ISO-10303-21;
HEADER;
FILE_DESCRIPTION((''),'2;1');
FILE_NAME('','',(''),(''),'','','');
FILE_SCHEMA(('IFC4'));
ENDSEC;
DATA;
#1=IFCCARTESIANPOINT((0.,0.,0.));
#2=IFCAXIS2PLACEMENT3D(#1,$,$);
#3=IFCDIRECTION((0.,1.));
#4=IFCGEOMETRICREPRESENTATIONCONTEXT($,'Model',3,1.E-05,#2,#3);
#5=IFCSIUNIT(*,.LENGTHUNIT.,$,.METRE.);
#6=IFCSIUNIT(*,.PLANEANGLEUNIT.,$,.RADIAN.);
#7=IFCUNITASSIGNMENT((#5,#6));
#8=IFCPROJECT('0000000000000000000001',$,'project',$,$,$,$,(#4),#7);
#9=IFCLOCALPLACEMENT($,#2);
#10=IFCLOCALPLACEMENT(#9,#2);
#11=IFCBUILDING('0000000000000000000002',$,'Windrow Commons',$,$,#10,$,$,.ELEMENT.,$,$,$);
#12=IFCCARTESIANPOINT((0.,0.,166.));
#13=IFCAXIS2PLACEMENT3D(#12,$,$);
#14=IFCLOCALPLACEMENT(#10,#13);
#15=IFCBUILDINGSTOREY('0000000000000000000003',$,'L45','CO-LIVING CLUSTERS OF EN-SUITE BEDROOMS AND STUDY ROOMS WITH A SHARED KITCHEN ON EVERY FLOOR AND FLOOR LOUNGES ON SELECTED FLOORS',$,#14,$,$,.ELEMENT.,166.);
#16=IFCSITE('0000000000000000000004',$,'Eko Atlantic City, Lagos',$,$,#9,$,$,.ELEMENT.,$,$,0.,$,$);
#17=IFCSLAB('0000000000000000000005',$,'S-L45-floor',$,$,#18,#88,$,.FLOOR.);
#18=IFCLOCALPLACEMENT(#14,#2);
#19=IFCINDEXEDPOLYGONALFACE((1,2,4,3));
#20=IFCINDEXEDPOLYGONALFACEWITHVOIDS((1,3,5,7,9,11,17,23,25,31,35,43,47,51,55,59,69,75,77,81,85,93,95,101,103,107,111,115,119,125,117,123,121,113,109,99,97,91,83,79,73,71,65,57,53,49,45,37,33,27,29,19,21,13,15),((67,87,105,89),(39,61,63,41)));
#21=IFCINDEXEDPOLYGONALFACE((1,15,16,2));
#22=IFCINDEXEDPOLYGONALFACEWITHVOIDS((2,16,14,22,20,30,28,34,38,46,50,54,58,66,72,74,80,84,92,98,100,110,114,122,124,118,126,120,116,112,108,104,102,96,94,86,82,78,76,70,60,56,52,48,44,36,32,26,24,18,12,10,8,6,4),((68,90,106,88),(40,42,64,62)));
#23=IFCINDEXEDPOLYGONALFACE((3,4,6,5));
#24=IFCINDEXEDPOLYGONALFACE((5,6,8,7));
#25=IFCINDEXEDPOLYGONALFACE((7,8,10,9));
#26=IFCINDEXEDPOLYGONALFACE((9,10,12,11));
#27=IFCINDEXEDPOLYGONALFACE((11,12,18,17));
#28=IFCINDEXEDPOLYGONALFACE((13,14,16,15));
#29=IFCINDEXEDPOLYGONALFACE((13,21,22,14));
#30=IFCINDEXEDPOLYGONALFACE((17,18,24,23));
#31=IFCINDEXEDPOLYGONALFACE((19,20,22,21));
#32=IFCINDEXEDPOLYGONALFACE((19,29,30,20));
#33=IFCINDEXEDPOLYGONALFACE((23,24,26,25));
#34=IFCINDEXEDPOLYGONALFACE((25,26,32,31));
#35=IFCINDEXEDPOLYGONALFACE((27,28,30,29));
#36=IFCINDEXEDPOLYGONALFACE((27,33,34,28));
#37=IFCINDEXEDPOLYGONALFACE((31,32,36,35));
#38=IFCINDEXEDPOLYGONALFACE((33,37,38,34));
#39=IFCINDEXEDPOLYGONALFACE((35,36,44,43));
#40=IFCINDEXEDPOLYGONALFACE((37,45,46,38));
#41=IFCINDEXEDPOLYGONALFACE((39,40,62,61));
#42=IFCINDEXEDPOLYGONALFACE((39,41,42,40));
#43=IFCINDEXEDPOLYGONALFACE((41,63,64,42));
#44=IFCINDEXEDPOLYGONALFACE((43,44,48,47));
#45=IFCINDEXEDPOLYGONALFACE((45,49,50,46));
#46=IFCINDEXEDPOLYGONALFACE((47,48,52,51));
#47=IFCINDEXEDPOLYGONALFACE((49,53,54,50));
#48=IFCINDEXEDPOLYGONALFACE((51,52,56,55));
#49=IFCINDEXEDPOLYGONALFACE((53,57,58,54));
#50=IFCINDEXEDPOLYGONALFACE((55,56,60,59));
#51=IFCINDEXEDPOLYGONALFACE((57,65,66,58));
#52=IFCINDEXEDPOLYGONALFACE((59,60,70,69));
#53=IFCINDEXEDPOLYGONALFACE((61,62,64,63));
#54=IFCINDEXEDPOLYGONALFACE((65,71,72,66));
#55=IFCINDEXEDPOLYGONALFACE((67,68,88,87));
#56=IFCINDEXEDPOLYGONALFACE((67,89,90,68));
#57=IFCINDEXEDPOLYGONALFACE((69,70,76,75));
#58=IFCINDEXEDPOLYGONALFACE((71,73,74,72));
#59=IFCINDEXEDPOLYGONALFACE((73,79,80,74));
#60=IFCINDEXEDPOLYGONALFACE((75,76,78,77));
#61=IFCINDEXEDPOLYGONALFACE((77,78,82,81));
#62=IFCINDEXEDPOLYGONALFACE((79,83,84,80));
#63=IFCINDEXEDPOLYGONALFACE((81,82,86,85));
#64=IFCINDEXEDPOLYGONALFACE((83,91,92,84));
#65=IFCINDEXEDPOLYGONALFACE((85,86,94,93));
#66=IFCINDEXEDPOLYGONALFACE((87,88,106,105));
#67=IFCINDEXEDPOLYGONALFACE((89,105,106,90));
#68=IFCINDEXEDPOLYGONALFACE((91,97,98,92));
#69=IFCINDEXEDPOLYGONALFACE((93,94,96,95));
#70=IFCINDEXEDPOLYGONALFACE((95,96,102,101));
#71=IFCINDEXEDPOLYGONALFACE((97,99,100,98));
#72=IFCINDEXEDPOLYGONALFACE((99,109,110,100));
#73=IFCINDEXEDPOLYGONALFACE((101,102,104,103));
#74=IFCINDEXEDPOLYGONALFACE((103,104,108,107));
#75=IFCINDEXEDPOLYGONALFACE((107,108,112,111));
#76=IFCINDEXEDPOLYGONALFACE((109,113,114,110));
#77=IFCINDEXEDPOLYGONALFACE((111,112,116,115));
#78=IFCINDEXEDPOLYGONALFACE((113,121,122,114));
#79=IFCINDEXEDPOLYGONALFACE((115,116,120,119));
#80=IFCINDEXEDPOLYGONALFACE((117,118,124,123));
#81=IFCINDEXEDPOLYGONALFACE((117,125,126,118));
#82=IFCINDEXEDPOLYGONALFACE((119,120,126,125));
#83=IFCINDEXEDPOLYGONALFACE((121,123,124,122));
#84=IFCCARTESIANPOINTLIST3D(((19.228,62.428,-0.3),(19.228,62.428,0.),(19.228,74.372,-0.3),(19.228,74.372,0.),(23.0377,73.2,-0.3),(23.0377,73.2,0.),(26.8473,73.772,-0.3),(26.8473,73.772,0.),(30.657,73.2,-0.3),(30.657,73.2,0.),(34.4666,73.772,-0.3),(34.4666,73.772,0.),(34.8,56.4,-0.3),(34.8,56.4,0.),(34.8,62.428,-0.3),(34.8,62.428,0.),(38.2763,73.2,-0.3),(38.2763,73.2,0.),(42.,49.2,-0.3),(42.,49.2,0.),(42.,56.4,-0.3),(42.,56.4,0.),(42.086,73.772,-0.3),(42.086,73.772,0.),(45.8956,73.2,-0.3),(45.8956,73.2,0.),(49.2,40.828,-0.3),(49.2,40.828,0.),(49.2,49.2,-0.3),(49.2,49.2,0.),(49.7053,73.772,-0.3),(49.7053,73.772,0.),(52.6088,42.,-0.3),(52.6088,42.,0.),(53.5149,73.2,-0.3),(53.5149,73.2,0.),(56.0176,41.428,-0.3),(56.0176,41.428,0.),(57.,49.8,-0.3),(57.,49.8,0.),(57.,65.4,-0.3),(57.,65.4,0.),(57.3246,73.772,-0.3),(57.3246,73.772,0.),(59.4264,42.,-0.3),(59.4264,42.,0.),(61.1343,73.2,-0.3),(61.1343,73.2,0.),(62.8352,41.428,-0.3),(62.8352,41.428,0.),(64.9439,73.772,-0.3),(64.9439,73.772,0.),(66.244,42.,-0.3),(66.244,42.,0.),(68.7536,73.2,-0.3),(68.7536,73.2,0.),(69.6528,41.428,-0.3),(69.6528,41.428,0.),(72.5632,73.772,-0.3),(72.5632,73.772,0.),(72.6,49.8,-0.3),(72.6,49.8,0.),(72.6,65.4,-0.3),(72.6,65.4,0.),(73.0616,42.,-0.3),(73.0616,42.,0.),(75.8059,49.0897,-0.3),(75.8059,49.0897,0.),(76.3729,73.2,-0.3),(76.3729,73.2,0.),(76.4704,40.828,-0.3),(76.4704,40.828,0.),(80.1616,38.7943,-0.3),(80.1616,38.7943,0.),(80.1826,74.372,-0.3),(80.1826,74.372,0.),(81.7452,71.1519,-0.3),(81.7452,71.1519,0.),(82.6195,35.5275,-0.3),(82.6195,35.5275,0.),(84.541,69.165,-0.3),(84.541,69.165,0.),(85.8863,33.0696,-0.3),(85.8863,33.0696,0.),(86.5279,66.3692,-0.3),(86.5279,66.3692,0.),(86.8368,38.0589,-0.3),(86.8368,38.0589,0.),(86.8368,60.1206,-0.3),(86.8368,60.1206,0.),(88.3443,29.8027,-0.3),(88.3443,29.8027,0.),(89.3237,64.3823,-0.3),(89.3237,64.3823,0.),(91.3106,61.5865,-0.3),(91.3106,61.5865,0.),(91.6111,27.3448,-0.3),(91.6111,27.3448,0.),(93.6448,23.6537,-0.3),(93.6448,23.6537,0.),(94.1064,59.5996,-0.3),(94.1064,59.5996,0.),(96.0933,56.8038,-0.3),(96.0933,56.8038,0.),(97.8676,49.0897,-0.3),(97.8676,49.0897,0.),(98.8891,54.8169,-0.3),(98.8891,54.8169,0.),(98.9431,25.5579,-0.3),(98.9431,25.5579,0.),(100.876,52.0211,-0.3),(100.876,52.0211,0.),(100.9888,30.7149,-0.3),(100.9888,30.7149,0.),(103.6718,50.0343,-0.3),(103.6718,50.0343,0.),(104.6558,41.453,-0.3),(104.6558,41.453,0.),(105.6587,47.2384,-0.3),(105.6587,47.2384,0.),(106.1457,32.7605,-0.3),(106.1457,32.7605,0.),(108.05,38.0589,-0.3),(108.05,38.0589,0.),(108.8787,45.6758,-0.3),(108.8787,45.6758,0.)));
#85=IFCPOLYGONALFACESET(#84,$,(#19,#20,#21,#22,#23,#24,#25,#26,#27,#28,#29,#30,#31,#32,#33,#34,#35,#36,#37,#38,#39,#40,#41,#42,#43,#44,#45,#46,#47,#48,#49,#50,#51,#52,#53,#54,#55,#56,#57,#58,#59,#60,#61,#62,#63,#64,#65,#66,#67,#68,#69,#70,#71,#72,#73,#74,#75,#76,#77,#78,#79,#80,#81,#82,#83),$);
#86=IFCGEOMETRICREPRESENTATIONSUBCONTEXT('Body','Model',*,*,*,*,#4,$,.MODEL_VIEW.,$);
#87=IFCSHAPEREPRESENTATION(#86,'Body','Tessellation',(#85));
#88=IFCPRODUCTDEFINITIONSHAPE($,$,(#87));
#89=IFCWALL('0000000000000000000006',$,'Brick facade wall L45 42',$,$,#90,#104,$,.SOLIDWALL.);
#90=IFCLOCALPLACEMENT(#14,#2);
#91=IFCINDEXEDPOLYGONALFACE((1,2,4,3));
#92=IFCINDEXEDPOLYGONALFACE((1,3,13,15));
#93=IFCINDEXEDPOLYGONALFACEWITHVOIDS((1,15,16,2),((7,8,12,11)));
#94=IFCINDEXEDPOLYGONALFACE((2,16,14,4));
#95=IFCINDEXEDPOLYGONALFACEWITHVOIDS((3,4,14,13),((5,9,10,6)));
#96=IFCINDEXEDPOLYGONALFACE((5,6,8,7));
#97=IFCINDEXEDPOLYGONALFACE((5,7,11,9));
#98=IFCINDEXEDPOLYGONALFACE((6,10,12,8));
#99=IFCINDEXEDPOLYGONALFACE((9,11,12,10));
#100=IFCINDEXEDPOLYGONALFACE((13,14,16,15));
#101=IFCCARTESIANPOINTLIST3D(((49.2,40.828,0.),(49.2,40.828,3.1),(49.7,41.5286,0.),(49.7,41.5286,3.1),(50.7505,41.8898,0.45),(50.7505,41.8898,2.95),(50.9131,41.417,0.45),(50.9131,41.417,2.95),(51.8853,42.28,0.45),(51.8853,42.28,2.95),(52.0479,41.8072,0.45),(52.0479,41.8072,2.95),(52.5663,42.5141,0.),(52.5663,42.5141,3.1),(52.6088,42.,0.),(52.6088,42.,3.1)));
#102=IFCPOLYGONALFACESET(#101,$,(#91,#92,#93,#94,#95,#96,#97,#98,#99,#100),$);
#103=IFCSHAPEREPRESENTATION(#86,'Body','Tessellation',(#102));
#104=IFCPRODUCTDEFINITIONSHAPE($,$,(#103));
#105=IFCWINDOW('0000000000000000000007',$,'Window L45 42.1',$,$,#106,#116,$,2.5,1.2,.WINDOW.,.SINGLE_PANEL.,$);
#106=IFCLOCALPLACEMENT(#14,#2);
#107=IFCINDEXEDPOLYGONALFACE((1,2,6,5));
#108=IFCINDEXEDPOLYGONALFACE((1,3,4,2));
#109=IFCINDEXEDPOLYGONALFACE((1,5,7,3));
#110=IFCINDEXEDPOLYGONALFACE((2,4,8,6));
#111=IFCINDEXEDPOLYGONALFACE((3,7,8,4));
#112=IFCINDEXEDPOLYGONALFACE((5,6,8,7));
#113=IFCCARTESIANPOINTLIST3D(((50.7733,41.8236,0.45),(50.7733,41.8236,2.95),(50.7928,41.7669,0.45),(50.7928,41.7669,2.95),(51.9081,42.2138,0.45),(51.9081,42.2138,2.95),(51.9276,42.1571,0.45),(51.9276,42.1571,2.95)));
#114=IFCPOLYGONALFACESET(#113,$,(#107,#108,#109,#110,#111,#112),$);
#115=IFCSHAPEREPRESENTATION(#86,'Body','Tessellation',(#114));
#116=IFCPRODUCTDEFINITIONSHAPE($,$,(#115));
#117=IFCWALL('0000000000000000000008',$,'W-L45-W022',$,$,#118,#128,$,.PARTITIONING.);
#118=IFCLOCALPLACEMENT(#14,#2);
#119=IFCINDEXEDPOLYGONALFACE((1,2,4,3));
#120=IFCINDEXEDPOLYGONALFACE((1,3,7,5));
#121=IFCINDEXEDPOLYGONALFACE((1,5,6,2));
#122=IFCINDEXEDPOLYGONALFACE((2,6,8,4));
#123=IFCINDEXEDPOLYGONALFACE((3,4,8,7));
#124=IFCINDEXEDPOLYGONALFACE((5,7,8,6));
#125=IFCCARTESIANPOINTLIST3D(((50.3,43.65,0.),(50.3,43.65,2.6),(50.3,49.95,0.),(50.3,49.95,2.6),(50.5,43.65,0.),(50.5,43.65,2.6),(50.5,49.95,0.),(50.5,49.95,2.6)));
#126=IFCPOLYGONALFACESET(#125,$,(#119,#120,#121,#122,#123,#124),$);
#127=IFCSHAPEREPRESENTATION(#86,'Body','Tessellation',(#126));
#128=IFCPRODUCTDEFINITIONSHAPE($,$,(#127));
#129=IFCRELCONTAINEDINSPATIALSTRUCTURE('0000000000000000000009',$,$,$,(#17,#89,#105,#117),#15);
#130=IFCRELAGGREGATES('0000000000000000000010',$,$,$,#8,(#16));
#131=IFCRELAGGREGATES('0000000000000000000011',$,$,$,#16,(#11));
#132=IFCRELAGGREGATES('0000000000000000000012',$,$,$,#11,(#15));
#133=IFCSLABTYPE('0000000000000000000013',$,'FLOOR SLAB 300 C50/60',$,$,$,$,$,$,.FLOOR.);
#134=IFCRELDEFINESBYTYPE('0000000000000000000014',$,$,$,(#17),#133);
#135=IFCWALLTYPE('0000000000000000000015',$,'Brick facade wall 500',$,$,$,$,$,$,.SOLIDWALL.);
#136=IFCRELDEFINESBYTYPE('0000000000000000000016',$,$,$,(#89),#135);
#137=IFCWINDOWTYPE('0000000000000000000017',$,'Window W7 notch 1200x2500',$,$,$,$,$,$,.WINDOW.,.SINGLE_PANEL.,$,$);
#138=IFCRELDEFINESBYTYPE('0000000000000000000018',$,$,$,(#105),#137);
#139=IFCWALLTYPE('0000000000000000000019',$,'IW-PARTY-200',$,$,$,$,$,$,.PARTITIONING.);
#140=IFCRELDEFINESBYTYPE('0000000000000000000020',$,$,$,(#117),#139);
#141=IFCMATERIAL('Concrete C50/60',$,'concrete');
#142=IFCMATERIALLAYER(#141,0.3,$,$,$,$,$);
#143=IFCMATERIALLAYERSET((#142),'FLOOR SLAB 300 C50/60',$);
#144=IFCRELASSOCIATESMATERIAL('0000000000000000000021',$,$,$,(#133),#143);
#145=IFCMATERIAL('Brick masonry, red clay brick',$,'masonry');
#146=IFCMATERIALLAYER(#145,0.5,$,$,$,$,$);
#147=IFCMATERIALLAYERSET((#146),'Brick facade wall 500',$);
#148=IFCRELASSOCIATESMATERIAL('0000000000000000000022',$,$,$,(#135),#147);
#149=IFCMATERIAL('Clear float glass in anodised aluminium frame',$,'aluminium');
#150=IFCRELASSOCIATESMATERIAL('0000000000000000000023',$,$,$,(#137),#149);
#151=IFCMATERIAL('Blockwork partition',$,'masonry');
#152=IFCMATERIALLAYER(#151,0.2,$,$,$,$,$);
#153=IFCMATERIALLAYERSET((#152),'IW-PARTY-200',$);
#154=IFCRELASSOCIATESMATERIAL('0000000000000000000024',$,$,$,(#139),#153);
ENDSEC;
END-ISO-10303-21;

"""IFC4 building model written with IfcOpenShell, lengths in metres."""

from ifc_helpers import new_model, si_unit, direction, frame, frame_2d, origin, place, context, subcontext, project, spatial, polyline, rectangle, outline, extrude, material, layer, layer_set, type_object, element, fill, save


model = new_model("IFC4")

# Units and contexts
model_context = context("Model", 3, precision=1e-05, world=origin(), true_north=direction((0.0, 1.0)))
body_context = subcontext(model_context, "Body", "Model", "MODEL_VIEW")
ifc_project = project(units=[si_unit("LENGTHUNIT", "METRE"), si_unit("PLANEANGLEUNIT", "RADIAN")], contexts=[model_context])

# Site, building, storey
site_placement = place(None, origin())
site = spatial("IfcSite", under=ifc_project, at=site_placement, Name="Eko Atlantic City, Lagos", CompositionType="ELEMENT", RefElevation=0.0)
building_placement = place(site_placement, origin())
building = spatial("IfcBuilding", under=site, at=building_placement, Name="Windrow Commons", CompositionType="ELEMENT")
storey_placement = place(building_placement, frame((0.0, 0.0, 166.0)))
storey = spatial("IfcBuildingStorey", under=building, at=storey_placement, Name="L45", Description="CO-LIVING CLUSTERS OF EN-SUITE BEDROOMS AND STUDY ROOMS WITH A SHARED KITCHEN ON EVERY FLOOR AND FLOOR LOUNGES ON SELECTED FLOORS", CompositionType="ELEMENT", Elevation=166.0)

# Shared definitions
placement_1 = place(storey_placement, frame((0.0, 0.0, -0.3)))

# Slab, openings
ifc_material_1 = material(Name="Concrete C50/60", Category="concrete")
ifc_layer_1 = layer(ifc_material_1, 0.3)
ifc_layer_set_1 = layer_set([ifc_layer_1], Name="FLOOR SLAB 300 C50/60")
slab_type_1 = type_object("IfcSlabType", Name="FLOOR SLAB 300 C50/60", PredefinedType="FLOOR", material=ifc_layer_set_1)
slab_1 = element("IfcSlab", 1, at=placement_1, inside=storey, type_object=slab_type_1, Name="S-L45-floor", PredefinedType="FLOOR", context=body_context, shape_type="SweptSolid", body=[
    extrude(outline(polyline([(91.6111, 27.3448), (93.6448, 23.6537), (98.9431, 25.5579), (100.9888, 30.7149), (106.1457, 32.7605), (108.05, 38.0589), (104.6558, 41.453), (108.8787, 45.6758), (105.6587, 47.2384), (103.6718, 50.0343), (100.876, 52.0211), (98.8891, 54.8169), (96.0933, 56.8038), (94.1064, 59.5996), (91.3106, 61.5865), (89.3237, 64.3823), (86.5279, 66.3692), (84.541, 69.165), (81.7452, 71.1519), (80.1826, 74.372), (76.3729, 73.2), (72.5632, 73.772), (68.7536, 73.2), (64.9439, 73.772), (61.1343, 73.2), (57.3246, 73.772), (53.5149, 73.2), (49.7053, 73.772), (45.8956, 73.2), (42.086, 73.772), (38.2763, 73.2), (34.4666, 73.772), (30.657, 73.2), (26.8473, 73.772), (23.0377, 73.2), (19.228, 74.372), (19.228, 62.428), (34.8, 62.428), (34.8, 56.4), (42.0, 56.4), (42.0, 49.2), (49.2, 49.2), (49.2, 40.828), (52.6088, 42.0), (56.0176, 41.428), (59.4264, 42.0), (62.8352, 41.428), (66.244, 42.0), (69.6528, 41.428), (73.0616, 42.0), (76.4704, 40.828), (80.1616, 38.7943), (82.6195, 35.5275), (85.8863, 33.0696), (88.3443, 29.8027), (91.6111, 27.3448)]), holes=[polyline([(75.8059, 49.0897), (86.8368, 60.1206), (97.8676, 49.0897), (86.8368, 38.0589), (75.8059, 49.0897)]), polyline([(57.0, 49.8), (57.0, 65.4), (72.6, 65.4), (72.6, 49.8), (57.0, 49.8)])]), origin(), (0.0, 0.0, 1.0), 0.3),
])
opening_1_placement = place(placement_1, origin())
element("IfcOpeningElement", 2, at=opening_1_placement, cuts=slab_1, PredefinedType="OPENING", context=body_context, shape_type="SweptSolid", body=[
    extrude(outline(polyline([(75.813, 49.0897), (86.8368, 60.1135), (97.8605, 49.0897), (86.8368, 38.066), (75.813, 49.0897)])), origin(), (0.0, 0.0, 1.0), 0.3),
])
opening_2_placement = place(placement_1, origin())
element("IfcOpeningElement", 3, at=opening_2_placement, cuts=slab_1, PredefinedType="OPENING", context=body_context, shape_type="SweptSolid", body=[
    extrude(outline(polyline([(57.005, 49.805), (57.005, 65.395), (72.595, 65.395), (72.595, 49.805), (57.005, 49.805)])), origin(), (0.0, 0.0, 1.0), 0.3),
])

# Wall, opening, window
ifc_material_2 = material(Name="Brick masonry, red clay brick", Category="masonry")
ifc_layer_2 = layer(ifc_material_2, 0.5)
ifc_layer_set_2 = layer_set([ifc_layer_2], Name="Brick facade wall 500")
wall_type_1 = type_object("IfcWallType", Name="Brick facade wall 500", PredefinedType="SOLIDWALL", material=ifc_layer_set_2)
wall_1_placement = place(storey_placement, frame((49.45, 41.1783, 0.0), z_axis=(0.0, 0.0, 1.0), x_axis=(0.945663, 0.325147, 0.0)))
wall_1 = element("IfcWall", 4, at=wall_1_placement, inside=storey, type_object=wall_type_1, Name="Brick facade wall L45 42", PredefinedType="SOLIDWALL", context=body_context, shape_type="SweptSolid", body=[
    extrude(outline(polyline([(-0.3503, -0.25), (3.2543, -0.25), (3.3813, 0.25), (0.3503, 0.25), (-0.3503, -0.25)])), origin(), (0.0, 0.0, 1.0), 3.1),
])
opening_3_placement = place(wall_1_placement, frame((1.4612, 0.0, 0.45)))
opening_3 = element("IfcOpeningElement", 5, at=opening_3_placement, cuts=wall_1, PredefinedType="OPENING", context=body_context, shape_type="SweptSolid", body=[
    extrude(rectangle(XDim=1.2, YDim=2.5, at=frame_2d((0.6, 1.25))), frame((0.0, 0.26, 0.0), z_axis=(0.0, -1.0, 0.0), x_axis=(1.0, 0.0, 0.0)), (0.0, 0.0, 1.0), 0.52),
])
ifc_material_3 = material(Name="Clear float glass in anodised aluminium frame", Category="aluminium")
window_type = type_object("IfcWindowType", Name="Window W7 notch 1200x2500", PartitioningType="SINGLE_PANEL", PredefinedType="WINDOW", material=ifc_material_3)
window_placement = place(opening_3_placement, origin())
window = element("IfcWindow", 6, at=window_placement, inside=storey, type_object=window_type, Name="Window L45 42.1", OverallHeight=2.5, OverallWidth=1.2, PartitioningType="SINGLE_PANEL", PredefinedType="WINDOW", context=body_context, shape_type="SweptSolid", body=[
    extrude(rectangle(XDim=1.2, YDim=2.5, at=frame_2d((0.6, 1.25))), frame((0.0, 0.18, 0.0), z_axis=(0.0, -1.0, 0.0), x_axis=(1.0, 0.0, 0.0)), (0.0, 0.0, 1.0), 0.06),
])
fill(opening_3, window)

# Wall
ifc_material_4 = material(Name="Blockwork partition", Category="masonry")
ifc_layer_3 = layer(ifc_material_4, 0.2)
ifc_layer_set_3 = layer_set([ifc_layer_3], Name="IW-PARTY-200")
wall_type_2 = type_object("IfcWallType", Name="IW-PARTY-200", PredefinedType="PARTITIONING", material=ifc_layer_set_3)
wall_2_placement = place(storey_placement, frame((50.4, 43.65, 0.0), z_axis=(0.0, 0.0, 1.0), x_axis=(0.0, 1.0, 0.0)))
element("IfcWall", 7, at=wall_2_placement, inside=storey, type_object=wall_type_2, Name="W-L45-W022", PredefinedType="PARTITIONING", context=body_context, shape_type="SweptSolid", body=[
    extrude(rectangle(XDim=6.3, YDim=0.2, at=frame_2d((3.15, 0.0))), origin(), (0.0, 0.0, 1.0), 2.6),
])

save(model, "model.ifc")
